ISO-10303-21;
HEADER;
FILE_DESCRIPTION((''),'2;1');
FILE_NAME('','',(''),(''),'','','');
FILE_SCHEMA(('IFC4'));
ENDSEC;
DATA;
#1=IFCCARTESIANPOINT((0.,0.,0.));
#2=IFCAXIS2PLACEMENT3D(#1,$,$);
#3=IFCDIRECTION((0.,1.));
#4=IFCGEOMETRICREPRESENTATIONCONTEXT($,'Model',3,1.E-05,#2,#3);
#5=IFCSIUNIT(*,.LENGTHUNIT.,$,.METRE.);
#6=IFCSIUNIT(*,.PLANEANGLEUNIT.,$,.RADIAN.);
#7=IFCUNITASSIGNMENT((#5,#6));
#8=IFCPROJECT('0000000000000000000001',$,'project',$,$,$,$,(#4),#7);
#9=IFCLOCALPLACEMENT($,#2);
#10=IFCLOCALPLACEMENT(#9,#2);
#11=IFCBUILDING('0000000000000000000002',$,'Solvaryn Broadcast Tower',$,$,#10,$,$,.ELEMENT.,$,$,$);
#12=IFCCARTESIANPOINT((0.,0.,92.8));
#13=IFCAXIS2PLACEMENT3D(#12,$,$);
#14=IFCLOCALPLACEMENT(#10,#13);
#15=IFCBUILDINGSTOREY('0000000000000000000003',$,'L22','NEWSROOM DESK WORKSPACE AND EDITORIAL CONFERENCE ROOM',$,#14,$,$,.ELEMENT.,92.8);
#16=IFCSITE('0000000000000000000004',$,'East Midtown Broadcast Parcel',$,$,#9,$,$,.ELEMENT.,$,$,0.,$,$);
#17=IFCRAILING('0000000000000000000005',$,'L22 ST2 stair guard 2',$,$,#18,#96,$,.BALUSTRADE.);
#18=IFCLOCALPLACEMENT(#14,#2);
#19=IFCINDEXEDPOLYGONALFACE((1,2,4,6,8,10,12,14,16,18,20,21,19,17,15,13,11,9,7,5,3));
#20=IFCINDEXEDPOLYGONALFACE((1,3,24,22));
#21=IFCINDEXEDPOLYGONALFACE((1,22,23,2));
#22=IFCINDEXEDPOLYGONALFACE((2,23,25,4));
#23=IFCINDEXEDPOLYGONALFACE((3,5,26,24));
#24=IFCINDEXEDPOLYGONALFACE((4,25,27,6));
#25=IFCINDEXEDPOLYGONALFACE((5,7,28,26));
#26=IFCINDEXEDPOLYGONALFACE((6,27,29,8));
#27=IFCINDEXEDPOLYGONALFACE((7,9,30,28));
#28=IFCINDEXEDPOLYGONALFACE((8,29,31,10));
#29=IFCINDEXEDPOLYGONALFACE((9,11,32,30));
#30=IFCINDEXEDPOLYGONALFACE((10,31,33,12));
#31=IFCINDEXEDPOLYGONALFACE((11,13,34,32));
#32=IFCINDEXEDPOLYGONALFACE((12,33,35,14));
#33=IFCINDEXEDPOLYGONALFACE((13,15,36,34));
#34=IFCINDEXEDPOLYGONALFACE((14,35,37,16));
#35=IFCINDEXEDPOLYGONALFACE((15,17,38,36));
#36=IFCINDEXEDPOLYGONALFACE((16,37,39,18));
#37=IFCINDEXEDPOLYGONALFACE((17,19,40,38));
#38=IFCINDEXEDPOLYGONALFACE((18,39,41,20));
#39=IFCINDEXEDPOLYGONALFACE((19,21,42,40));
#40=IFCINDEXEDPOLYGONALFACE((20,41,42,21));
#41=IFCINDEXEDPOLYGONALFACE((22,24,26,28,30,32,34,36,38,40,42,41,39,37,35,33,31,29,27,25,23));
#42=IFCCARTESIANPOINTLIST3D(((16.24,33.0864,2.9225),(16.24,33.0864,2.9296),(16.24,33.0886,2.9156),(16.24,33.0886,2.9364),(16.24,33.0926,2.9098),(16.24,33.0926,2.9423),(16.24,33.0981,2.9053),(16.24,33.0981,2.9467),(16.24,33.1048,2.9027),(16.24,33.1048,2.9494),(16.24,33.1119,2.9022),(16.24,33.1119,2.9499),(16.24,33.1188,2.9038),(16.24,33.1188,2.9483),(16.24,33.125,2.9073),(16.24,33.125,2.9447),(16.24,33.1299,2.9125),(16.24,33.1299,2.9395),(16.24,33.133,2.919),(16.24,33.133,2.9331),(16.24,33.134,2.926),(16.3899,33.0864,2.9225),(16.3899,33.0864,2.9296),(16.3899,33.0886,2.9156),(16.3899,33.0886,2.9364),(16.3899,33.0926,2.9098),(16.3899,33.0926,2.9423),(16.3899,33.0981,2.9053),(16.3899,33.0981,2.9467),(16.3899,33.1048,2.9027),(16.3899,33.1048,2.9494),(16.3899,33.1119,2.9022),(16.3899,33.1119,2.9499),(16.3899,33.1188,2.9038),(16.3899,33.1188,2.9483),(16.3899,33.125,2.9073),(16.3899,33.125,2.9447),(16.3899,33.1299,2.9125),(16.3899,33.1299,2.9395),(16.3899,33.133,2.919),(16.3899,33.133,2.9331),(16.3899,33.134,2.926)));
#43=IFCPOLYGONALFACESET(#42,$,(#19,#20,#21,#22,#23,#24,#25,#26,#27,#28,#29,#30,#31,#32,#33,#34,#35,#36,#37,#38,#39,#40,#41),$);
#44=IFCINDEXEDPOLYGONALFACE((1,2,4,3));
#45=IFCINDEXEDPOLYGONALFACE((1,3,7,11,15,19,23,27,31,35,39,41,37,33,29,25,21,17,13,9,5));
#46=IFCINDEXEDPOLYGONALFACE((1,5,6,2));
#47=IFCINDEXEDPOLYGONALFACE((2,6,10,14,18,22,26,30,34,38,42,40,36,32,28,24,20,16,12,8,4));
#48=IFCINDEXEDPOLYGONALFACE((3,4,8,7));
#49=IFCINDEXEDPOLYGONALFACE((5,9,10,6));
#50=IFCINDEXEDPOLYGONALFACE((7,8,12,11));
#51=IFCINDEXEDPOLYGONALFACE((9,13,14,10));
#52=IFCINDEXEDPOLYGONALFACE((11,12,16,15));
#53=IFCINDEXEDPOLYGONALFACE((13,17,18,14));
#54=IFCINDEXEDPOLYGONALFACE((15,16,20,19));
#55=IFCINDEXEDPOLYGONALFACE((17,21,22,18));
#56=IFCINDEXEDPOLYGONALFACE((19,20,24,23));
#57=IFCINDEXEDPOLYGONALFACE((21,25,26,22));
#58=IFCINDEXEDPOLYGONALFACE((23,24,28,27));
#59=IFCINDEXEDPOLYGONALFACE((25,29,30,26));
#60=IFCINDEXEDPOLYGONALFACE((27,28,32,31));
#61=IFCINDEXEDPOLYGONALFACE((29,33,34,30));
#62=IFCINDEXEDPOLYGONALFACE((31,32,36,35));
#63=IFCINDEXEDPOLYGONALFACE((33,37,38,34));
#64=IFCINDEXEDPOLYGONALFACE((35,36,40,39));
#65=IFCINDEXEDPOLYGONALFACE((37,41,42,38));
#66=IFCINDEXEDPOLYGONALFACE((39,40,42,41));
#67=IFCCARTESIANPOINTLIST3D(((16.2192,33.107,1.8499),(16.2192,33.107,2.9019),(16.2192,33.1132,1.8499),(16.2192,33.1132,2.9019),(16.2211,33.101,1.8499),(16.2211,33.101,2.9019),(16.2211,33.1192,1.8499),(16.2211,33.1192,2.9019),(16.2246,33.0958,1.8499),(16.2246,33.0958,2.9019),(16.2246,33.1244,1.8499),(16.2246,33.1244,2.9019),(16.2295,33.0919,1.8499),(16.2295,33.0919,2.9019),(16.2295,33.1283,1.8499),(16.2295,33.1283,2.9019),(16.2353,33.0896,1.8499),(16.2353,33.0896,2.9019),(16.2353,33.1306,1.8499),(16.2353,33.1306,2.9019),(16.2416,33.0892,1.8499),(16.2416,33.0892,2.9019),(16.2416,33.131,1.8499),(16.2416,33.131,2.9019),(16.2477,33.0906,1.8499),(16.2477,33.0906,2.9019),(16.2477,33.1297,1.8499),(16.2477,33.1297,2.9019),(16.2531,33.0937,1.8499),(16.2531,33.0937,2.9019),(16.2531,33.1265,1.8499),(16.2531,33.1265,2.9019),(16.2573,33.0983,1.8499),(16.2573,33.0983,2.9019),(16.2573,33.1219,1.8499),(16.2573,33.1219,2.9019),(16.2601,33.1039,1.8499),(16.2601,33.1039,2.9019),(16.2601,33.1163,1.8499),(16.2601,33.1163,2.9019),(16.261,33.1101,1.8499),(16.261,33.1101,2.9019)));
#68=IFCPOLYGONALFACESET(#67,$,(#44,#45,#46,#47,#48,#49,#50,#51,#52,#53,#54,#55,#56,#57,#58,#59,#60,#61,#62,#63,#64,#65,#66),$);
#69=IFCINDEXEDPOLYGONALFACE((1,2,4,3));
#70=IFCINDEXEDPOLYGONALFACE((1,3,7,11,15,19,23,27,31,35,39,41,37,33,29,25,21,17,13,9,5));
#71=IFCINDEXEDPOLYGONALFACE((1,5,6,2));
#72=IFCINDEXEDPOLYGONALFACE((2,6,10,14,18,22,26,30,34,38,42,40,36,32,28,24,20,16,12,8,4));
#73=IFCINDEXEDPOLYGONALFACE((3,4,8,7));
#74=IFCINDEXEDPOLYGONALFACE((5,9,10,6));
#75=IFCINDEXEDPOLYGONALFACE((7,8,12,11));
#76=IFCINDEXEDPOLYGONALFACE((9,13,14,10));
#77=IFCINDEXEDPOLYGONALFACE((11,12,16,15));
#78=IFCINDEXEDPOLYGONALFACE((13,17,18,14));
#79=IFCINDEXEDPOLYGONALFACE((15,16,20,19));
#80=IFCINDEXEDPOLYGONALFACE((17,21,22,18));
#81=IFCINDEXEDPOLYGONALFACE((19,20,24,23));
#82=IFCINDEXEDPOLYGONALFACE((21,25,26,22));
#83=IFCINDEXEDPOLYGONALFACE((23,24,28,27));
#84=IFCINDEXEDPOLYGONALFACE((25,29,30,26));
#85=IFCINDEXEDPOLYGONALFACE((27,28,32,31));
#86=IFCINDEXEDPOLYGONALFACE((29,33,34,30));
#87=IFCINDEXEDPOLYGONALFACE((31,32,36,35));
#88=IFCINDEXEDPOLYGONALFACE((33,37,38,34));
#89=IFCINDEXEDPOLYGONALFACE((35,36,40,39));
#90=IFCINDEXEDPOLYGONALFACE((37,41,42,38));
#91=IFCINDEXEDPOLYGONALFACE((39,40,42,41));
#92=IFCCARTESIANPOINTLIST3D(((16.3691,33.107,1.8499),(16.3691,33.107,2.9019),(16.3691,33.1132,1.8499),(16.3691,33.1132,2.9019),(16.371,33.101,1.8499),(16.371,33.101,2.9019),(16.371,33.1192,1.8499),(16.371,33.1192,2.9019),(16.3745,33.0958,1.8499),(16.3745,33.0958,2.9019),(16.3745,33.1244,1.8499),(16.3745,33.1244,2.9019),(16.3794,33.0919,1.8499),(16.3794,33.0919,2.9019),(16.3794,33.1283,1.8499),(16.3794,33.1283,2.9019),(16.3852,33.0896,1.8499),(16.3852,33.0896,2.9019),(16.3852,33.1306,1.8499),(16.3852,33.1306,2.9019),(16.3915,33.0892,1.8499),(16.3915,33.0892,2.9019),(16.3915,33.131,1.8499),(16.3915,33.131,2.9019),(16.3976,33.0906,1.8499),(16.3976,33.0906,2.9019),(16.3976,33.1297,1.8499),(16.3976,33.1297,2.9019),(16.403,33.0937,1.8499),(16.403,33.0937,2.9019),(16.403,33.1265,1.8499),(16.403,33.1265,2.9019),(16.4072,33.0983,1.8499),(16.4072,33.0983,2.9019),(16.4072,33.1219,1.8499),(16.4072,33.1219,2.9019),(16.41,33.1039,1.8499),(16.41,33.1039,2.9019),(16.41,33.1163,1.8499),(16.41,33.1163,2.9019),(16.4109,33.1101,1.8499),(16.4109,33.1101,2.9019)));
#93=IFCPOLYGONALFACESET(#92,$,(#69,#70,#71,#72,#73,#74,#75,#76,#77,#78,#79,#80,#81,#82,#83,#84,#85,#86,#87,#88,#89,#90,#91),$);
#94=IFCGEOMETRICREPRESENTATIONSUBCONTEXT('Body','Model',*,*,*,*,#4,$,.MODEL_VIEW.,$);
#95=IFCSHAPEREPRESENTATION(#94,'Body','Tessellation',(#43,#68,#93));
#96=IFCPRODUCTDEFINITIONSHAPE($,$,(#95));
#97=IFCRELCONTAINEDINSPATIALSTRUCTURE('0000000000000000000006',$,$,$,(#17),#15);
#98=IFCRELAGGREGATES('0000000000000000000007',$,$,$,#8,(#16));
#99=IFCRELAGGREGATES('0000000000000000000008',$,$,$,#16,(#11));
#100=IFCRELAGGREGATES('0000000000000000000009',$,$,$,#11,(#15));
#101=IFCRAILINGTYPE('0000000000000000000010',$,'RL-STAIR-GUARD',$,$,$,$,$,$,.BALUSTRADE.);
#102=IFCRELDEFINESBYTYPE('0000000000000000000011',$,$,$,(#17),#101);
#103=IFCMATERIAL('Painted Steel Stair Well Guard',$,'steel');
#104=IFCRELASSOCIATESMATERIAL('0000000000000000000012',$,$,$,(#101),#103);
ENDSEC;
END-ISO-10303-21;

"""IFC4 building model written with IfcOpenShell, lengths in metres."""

from ifc_helpers import new_model, si_unit, direction, frame, origin, origin_2d, place, context, subcontext, project, spatial, circle, extrude, material, type_object, element, save


model = new_model("IFC4")

# Units and contexts
model_context = context("Model", 3, precision=1e-05, world=origin(), true_north=direction((0.0, 1.0)))
body_context = subcontext(model_context, "Body", "Model", "MODEL_VIEW")
ifc_project = project(units=[si_unit("LENGTHUNIT", "METRE"), si_unit("PLANEANGLEUNIT", "RADIAN")], contexts=[model_context])

# Site, building, storey
site_placement = place(None, origin())
site = spatial("IfcSite", under=ifc_project, at=site_placement, Name="East Midtown Broadcast Parcel", CompositionType="ELEMENT", RefElevation=0.0)
building_placement = place(site_placement, origin())
building = spatial("IfcBuilding", under=site, at=building_placement, Name="Solvaryn Broadcast Tower", CompositionType="ELEMENT")
storey_placement = place(building_placement, frame((0.0, 0.0, 92.8)))
storey = spatial("IfcBuildingStorey", under=building, at=storey_placement, Name="L22", Description="NEWSROOM DESK WORKSPACE AND EDITORIAL CONFERENCE ROOM", CompositionType="ELEMENT", Elevation=92.8)

# Railing
ifc_material_1 = material(Name="Painted Steel Stair Well Guard", Category="steel")
railing_type_1 = type_object("IfcRailingType", Name="RL-STAIR-GUARD", PredefinedType="BALUSTRADE", material=ifc_material_1)
railing_1_placement = place(storey_placement, frame((16.24, 33.1101, 1.8499)))
element("IfcRailing", 1, at=railing_1_placement, inside=storey, type_object=railing_type_1, Name="L22 ST2 stair guard 2", PredefinedType="BALUSTRADE", context=body_context, shape_type="SweptSolid", body=[
    extrude(circle(Radius=0.0239, at=origin_2d()), frame((0.0, 0.0, 1.0762), z_axis=(1.0, 0.0, 0.0), x_axis=(0.0, 1.0, 0.0)), (0.0, 0.0, 1.0), 0.1499),
    extrude(circle(Radius=0.021, at=origin_2d()), origin(), (0.0, 0.0, 1.0), 1.052),
    extrude(circle(Radius=0.021, at=origin_2d()), frame((0.1499, 0.0, 0.0)), (0.0, 0.0, 1.0), 1.052),
])

save(model, "model.ifc")
